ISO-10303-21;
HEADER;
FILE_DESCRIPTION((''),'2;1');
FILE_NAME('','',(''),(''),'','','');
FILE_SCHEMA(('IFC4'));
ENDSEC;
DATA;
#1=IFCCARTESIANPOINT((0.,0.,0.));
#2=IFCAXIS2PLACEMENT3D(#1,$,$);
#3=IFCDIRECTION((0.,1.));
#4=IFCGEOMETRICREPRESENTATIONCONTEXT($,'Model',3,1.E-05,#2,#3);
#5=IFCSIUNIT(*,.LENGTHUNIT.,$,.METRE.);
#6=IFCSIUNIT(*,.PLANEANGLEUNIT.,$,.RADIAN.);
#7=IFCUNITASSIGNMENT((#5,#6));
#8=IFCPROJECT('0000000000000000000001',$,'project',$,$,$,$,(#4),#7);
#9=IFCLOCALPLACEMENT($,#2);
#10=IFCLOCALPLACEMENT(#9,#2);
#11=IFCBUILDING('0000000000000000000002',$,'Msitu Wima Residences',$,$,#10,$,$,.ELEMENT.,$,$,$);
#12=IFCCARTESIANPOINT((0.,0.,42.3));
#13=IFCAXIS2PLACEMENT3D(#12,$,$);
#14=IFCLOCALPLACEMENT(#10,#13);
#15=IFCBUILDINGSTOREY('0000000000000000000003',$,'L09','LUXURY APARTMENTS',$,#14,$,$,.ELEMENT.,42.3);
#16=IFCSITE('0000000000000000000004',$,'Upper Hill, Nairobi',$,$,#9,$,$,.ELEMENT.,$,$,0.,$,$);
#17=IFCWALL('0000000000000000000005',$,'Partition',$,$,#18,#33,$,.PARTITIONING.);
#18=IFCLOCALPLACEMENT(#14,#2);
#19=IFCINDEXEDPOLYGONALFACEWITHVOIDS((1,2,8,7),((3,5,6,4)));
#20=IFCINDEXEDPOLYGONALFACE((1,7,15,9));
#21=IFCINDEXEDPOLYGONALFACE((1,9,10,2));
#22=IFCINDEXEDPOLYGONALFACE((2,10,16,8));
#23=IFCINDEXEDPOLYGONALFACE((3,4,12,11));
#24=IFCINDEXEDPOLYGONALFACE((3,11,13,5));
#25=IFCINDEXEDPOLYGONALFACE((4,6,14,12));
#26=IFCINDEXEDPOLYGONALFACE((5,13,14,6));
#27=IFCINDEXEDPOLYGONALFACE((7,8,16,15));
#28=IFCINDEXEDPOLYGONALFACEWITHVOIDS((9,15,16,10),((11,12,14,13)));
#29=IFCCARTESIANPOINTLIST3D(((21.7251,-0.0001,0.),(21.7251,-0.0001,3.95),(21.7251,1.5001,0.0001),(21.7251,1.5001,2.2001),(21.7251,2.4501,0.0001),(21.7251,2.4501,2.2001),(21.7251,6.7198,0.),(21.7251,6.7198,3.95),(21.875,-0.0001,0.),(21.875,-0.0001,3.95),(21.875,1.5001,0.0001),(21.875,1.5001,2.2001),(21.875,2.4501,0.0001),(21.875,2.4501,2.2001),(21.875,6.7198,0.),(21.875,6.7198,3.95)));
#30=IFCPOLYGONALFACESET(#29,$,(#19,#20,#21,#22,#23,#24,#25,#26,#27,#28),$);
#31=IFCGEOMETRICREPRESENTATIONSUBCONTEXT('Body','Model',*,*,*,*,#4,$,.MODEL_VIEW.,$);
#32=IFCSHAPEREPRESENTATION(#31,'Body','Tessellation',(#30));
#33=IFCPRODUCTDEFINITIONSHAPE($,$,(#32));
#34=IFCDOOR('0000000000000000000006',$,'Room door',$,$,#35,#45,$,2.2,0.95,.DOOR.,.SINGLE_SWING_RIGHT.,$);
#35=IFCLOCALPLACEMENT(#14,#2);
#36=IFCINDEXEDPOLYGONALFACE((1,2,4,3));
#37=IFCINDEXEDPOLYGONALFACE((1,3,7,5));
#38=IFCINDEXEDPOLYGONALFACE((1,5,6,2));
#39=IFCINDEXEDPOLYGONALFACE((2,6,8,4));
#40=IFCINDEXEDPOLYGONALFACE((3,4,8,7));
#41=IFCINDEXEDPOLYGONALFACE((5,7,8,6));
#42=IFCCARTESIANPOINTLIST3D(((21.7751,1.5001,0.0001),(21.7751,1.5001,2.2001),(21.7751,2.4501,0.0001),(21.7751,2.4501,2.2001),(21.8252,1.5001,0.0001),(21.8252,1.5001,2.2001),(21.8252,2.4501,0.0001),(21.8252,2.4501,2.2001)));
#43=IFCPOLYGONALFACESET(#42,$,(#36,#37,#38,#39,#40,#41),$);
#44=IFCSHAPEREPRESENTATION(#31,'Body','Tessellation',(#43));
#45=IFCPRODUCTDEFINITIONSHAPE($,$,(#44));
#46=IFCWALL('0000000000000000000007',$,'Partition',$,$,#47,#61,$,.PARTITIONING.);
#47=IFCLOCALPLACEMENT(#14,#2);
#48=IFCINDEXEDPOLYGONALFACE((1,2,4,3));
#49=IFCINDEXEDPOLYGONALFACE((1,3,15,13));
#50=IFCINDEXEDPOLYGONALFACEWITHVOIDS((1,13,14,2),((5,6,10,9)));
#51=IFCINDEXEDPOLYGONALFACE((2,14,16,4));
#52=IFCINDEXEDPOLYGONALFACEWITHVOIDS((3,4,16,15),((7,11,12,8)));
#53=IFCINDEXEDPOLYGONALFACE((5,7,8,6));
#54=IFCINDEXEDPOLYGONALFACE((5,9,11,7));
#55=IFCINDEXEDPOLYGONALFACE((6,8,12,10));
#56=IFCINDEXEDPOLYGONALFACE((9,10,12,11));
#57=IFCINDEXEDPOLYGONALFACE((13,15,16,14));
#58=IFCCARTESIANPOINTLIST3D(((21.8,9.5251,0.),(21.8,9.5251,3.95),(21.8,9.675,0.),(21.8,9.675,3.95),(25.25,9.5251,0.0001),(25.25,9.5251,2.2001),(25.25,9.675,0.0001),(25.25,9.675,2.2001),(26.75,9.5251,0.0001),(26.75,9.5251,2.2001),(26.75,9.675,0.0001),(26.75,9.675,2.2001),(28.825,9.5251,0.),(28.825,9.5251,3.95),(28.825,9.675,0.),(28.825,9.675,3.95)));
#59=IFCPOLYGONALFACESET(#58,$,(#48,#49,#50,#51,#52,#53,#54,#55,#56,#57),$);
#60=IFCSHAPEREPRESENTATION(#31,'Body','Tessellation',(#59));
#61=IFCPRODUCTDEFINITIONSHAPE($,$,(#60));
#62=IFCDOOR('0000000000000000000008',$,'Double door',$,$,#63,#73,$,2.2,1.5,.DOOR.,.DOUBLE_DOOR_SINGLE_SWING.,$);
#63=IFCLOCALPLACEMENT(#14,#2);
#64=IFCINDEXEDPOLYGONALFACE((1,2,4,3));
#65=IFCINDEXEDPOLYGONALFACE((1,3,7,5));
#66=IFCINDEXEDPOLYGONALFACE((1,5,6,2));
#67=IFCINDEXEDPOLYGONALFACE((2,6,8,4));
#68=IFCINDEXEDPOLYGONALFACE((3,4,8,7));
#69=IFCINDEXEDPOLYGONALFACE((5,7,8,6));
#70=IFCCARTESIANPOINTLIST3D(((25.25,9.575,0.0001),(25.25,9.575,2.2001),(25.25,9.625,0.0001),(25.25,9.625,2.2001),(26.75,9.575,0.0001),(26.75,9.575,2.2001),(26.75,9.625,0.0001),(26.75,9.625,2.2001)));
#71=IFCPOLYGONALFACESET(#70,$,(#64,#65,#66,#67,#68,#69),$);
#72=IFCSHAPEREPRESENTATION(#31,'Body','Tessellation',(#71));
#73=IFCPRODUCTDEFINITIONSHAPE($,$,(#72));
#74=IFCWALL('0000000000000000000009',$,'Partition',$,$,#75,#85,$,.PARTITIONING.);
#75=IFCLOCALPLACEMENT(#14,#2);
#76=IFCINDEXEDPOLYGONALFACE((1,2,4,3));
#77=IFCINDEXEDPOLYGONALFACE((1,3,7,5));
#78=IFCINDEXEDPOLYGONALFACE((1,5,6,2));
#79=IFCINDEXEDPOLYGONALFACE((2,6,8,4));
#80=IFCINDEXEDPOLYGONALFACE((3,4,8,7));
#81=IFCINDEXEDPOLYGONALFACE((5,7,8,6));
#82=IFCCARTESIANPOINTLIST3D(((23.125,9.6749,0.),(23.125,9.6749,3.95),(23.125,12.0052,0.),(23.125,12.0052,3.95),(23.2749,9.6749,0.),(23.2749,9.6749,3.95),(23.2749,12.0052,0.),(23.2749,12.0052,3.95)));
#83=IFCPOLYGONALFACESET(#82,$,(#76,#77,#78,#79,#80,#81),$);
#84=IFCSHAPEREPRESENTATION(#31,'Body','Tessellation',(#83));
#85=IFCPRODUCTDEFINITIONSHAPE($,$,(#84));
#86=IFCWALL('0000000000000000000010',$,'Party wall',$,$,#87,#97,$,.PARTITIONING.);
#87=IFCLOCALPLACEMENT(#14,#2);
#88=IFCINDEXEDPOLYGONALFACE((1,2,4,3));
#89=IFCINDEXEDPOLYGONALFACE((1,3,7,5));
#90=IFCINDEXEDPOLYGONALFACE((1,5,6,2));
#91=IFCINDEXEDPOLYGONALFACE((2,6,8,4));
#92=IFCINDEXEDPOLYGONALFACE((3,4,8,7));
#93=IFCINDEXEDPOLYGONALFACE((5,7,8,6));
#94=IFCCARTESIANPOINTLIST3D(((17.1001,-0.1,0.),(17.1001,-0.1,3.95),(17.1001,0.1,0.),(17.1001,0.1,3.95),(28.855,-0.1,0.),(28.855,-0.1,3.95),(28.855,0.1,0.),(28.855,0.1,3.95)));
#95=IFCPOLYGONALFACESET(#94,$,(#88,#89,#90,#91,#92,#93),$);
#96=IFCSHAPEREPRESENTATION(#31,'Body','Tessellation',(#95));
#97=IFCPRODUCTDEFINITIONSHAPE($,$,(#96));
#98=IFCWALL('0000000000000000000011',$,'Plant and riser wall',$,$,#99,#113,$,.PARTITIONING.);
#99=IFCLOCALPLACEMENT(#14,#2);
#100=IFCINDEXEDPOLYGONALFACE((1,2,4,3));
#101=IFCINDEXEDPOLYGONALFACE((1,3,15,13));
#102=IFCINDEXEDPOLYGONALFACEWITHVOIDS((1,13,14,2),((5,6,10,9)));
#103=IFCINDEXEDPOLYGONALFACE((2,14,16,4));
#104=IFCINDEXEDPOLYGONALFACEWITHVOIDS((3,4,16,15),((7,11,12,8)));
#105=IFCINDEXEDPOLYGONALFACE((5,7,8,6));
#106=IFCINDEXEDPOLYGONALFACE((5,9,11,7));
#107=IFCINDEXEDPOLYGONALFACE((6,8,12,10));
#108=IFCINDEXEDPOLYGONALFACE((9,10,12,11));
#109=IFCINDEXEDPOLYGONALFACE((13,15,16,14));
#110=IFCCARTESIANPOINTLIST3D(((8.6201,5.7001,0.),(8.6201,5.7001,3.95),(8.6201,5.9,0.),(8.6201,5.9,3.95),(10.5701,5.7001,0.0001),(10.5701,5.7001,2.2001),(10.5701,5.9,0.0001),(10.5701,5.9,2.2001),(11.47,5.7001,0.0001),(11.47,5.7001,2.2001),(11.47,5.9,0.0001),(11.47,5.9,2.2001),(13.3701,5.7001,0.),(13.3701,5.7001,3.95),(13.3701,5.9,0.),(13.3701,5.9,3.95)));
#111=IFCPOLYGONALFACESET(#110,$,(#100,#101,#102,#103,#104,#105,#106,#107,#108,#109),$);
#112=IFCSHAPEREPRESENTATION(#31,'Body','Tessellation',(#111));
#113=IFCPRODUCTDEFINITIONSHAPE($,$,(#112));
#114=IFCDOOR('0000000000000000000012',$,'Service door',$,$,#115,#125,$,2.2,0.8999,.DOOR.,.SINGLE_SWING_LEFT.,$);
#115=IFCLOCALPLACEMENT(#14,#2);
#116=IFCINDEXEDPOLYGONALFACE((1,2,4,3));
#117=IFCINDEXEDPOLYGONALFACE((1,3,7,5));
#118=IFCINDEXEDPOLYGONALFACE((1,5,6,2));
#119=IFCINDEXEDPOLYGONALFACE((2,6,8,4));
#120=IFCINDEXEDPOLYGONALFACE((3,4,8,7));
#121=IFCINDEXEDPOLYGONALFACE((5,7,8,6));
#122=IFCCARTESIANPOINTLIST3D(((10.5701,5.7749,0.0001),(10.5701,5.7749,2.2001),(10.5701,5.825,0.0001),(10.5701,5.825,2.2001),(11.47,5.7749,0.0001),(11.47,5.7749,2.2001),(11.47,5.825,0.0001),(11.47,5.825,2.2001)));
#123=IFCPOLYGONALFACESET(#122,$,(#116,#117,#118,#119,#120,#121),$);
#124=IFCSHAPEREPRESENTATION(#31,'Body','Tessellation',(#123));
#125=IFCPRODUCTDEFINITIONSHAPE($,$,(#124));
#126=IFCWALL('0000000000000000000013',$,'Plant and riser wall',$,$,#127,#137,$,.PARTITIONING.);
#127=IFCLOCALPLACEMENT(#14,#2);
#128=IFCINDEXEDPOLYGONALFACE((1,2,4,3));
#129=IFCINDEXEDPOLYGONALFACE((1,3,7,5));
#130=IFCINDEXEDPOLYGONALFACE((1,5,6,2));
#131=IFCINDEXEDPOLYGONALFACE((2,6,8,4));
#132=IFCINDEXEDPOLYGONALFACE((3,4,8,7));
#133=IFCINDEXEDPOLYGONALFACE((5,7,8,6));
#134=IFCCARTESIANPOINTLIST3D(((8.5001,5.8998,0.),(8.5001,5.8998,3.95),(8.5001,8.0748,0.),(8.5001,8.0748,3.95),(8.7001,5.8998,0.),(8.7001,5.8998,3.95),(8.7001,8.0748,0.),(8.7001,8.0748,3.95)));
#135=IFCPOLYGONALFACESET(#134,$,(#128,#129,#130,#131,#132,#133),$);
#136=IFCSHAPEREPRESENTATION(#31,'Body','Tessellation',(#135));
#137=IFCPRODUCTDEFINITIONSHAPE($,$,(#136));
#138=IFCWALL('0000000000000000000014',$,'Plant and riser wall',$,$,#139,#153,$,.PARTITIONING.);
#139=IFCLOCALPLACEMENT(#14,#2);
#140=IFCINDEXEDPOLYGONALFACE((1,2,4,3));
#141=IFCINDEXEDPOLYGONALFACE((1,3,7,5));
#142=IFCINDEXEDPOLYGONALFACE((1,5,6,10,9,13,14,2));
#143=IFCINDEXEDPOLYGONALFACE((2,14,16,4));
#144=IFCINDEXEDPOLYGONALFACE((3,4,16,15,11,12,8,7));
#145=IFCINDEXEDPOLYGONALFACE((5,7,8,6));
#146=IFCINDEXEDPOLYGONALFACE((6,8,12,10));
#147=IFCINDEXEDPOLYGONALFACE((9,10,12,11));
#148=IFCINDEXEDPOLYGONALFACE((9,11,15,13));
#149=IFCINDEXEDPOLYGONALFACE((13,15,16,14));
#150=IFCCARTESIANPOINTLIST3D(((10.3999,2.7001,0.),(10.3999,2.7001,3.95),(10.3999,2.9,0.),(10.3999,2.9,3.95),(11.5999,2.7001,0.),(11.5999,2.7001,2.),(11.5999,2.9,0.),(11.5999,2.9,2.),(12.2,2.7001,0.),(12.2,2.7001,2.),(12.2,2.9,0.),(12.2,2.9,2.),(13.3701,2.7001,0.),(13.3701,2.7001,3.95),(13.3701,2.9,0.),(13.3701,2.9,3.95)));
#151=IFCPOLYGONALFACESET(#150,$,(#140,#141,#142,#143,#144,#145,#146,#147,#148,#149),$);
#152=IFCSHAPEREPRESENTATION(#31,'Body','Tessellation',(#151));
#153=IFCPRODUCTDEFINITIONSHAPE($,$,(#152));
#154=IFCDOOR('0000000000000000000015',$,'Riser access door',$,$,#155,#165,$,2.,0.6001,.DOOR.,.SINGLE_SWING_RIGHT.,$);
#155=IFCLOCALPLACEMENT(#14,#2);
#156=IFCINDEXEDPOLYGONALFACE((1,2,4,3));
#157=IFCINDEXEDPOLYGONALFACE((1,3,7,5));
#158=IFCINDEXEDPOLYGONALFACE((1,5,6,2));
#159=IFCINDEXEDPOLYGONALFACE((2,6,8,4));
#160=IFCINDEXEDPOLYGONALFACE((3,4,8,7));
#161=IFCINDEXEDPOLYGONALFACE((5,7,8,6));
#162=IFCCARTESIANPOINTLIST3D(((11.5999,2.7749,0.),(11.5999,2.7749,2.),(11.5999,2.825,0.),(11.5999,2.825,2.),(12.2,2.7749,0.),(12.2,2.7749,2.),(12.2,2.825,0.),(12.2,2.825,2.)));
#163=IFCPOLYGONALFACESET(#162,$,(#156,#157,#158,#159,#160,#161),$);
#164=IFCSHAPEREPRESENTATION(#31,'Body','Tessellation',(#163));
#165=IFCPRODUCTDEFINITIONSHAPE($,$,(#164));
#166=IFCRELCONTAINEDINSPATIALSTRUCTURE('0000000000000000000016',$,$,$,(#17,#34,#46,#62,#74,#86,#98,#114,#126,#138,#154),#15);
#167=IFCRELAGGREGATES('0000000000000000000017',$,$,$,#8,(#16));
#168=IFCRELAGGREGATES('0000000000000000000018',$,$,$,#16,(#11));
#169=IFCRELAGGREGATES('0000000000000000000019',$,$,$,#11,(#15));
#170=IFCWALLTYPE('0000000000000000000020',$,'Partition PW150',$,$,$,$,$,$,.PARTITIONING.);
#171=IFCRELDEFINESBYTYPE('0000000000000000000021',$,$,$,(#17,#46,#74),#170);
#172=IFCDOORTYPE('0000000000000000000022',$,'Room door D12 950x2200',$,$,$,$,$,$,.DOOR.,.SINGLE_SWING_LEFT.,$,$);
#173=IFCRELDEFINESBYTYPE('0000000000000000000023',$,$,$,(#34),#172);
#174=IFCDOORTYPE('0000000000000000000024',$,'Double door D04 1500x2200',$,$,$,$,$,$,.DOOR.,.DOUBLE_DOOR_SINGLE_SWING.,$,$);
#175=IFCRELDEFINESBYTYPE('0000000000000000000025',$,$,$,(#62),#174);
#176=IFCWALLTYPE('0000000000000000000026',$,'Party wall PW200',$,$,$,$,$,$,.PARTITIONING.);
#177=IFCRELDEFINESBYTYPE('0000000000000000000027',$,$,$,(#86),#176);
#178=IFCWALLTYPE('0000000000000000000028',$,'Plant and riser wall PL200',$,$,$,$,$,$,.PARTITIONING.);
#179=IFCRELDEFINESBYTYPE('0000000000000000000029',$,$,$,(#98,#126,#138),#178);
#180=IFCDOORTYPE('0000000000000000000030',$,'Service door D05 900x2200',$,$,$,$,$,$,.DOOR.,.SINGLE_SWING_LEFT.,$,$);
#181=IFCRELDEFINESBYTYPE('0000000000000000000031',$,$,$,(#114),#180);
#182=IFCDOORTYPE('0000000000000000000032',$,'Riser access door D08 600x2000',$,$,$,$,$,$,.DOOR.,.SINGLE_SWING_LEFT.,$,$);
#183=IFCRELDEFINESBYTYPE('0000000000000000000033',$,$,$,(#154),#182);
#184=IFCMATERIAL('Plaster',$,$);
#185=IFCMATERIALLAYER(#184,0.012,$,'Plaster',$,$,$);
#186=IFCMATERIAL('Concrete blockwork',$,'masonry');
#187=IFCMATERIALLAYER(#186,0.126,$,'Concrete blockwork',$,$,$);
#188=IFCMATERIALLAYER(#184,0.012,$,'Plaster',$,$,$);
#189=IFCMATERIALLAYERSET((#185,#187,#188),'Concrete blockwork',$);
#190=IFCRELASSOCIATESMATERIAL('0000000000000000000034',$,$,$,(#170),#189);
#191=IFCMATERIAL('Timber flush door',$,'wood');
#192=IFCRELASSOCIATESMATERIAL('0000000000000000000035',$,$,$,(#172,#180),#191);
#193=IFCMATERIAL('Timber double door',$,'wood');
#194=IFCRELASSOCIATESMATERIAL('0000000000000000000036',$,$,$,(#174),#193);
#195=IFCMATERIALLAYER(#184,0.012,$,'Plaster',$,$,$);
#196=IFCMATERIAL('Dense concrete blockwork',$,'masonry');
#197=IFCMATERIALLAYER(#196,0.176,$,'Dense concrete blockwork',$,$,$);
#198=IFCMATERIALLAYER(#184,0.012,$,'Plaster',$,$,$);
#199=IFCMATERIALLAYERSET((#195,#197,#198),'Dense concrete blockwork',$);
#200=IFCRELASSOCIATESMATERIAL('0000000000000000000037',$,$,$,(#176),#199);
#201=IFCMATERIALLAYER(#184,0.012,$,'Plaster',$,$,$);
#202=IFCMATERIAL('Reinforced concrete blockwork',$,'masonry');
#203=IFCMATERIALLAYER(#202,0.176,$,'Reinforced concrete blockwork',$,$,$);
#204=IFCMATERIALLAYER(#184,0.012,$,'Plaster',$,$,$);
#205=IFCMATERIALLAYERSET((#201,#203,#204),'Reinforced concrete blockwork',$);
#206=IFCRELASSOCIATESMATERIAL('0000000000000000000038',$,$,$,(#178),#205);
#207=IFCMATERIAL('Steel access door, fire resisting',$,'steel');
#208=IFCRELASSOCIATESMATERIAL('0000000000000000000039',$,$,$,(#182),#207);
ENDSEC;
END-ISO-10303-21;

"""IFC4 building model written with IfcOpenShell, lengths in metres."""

from ifc_helpers import new_model, si_unit, direction, frame, frame_2d, origin, place, context, subcontext, project, spatial, rectangle, extrude, material, layer, layer_set, type_object, element, fill, save


model = new_model("IFC4")

# Units and contexts
model_context = context("Model", 3, precision=1e-05, world=origin(), true_north=direction((0.0, 1.0)))
body_context = subcontext(model_context, "Body", "Model", "MODEL_VIEW")
ifc_project = project(units=[si_unit("LENGTHUNIT", "METRE"), si_unit("PLANEANGLEUNIT", "RADIAN")], contexts=[model_context])

# Site, building, storey
site_placement = place(None, origin())
site = spatial("IfcSite", under=ifc_project, at=site_placement, Name="Upper Hill, Nairobi", CompositionType="ELEMENT", RefElevation=0.0)
building_placement = place(site_placement, origin())
building = spatial("IfcBuilding", under=site, at=building_placement, Name="Msitu Wima Residences", CompositionType="ELEMENT")
storey_placement = place(building_placement, frame((0.0, 0.0, 42.3)))
storey = spatial("IfcBuildingStorey", under=building, at=storey_placement, Name="L09", Description="LUXURY APARTMENTS", CompositionType="ELEMENT", Elevation=42.3)

# Walls, openings, doors
ifc_material_1 = material(Name="Plaster")
ifc_layer_1 = layer(ifc_material_1, 0.012, Name="Plaster")
ifc_material_2 = material(Name="Concrete blockwork", Category="masonry")
ifc_layer_2 = layer(ifc_material_2, 0.126, Name="Concrete blockwork")
ifc_layer_3 = layer(ifc_material_1, 0.012, Name="Plaster")
ifc_layer_set_1 = layer_set([ifc_layer_1, ifc_layer_2, ifc_layer_3], Name="Concrete blockwork")
wall_type_1 = type_object("IfcWallType", Name="Partition PW150", PredefinedType="PARTITIONING", material=ifc_layer_set_1)
ifc_material_3 = material(Name="Timber flush door", Category="wood")
door_type_1 = type_object("IfcDoorType", Name="Room door D12 950x2200", OperationType="SINGLE_SWING_LEFT", PredefinedType="DOOR", material=ifc_material_3)
wall_1_placement = place(storey_placement, frame((21.8, 0.0, 0.0), z_axis=(0.0, 0.0, 1.0), x_axis=(0.0, 1.0, 0.0)))
wall_1 = element("IfcWall", 1, at=wall_1_placement, inside=storey, type_object=wall_type_1, Name="Partition", PredefinedType="PARTITIONING", context=body_context, shape_type="SweptSolid", body=[
    extrude(rectangle(XDim=6.72, YDim=0.1499, at=frame_2d((3.3599, 0.0))), origin(), (0.0, 0.0, 1.0), 3.95),
])
opening_1_placement = place(wall_1_placement, frame((1.5, 0.0, 0.0)))
opening_1 = element("IfcOpeningElement", 2, at=opening_1_placement, cuts=wall_1, PredefinedType="OPENING", context=body_context, shape_type="SweptSolid", body=[
    extrude(rectangle(XDim=0.95, YDim=2.2, at=frame_2d((0.4751, 1.1001))), frame((0.0, 0.085, 0.0), z_axis=(0.0, -1.0, 0.0), x_axis=(1.0, 0.0, 0.0)), (0.0, 0.0, 1.0), 0.1699),
])
door_1_placement = place(opening_1_placement, origin())
door_1 = element("IfcDoor", 3, at=door_1_placement, inside=storey, type_object=door_type_1, Name="Room door", OperationType="SINGLE_SWING_RIGHT", OverallHeight=2.2, OverallWidth=0.95, PredefinedType="DOOR", context=body_context, shape_type="SweptSolid", body=[
    extrude(rectangle(XDim=0.95, YDim=2.2, at=frame_2d((0.4751, 1.1001))), frame((0.0, 0.0249, 0.0), z_axis=(0.0, -1.0, 0.0), x_axis=(1.0, 0.0, 0.0)), (0.0, 0.0, 1.0), 0.05),
])
fill(opening_1, door_1)
wall_2_placement = place(storey_placement, frame((21.8, 9.6001, 0.0), z_axis=(0.0, 0.0, 1.0), x_axis=(1.0, 0.0, 0.0)))
wall_2 = element("IfcWall", 4, at=wall_2_placement, inside=storey, type_object=wall_type_1, Name="Partition", PredefinedType="PARTITIONING", context=body_context, shape_type="SweptSolid", body=[
    extrude(rectangle(XDim=7.0249, YDim=0.1499, at=frame_2d((3.5125, 0.0))), origin(), (0.0, 0.0, 1.0), 3.95),
])
opening_2_placement = place(wall_2_placement, frame((3.45, 0.0, 0.0)))
opening_2 = element("IfcOpeningElement", 5, at=opening_2_placement, cuts=wall_2, PredefinedType="OPENING", context=body_context, shape_type="SweptSolid", body=[
    extrude(rectangle(XDim=1.5, YDim=2.2, at=frame_2d((0.75, 1.1001))), frame((0.0, 0.085, 0.0), z_axis=(0.0, -1.0, 0.0), x_axis=(1.0, 0.0, 0.0)), (0.0, 0.0, 1.0), 0.1699),
])
ifc_material_4 = material(Name="Timber double door", Category="wood")
door_type_2 = type_object("IfcDoorType", Name="Double door D04 1500x2200", OperationType="DOUBLE_DOOR_SINGLE_SWING", PredefinedType="DOOR", material=ifc_material_4)
door_2_placement = place(opening_2_placement, origin())
door_2 = element("IfcDoor", 6, at=door_2_placement, inside=storey, type_object=door_type_2, Name="Double door", OperationType="DOUBLE_DOOR_SINGLE_SWING", OverallHeight=2.2, OverallWidth=1.5, PredefinedType="DOOR", context=body_context, shape_type="SweptSolid", body=[
    extrude(rectangle(XDim=1.5, YDim=2.2, at=frame_2d((0.75, 1.1001))), frame((0.0, 0.0249, 0.0), z_axis=(0.0, -1.0, 0.0), x_axis=(1.0, 0.0, 0.0)), (0.0, 0.0, 1.0), 0.05),
])
fill(opening_2, door_2)

# Walls
wall_3_placement = place(storey_placement, frame((23.2, 9.675, 0.0), z_axis=(0.0, 0.0, 1.0), x_axis=(0.0, 1.0, 0.0)))
element("IfcWall", 7, at=wall_3_placement, inside=storey, type_object=wall_type_1, Name="Partition", PredefinedType="PARTITIONING", context=body_context, shape_type="SweptSolid", body=[
    extrude(rectangle(XDim=2.3303, YDim=0.1499, at=frame_2d((1.165, 0.0))), origin(), (0.0, 0.0, 1.0), 3.95),
])
ifc_layer_4 = layer(ifc_material_1, 0.012, Name="Plaster")
ifc_material_5 = material(Name="Dense concrete blockwork", Category="masonry")
ifc_layer_5 = layer(ifc_material_5, 0.176, Name="Dense concrete blockwork")
ifc_layer_6 = layer(ifc_material_1, 0.012, Name="Plaster")
ifc_layer_set_2 = layer_set([ifc_layer_4, ifc_layer_5, ifc_layer_6], Name="Dense concrete blockwork")
wall_type_2 = type_object("IfcWallType", Name="Party wall PW200", PredefinedType="PARTITIONING", material=ifc_layer_set_2)
wall_4_placement = place(storey_placement, frame((17.1001, 0.0, 0.0), z_axis=(0.0, 0.0, 1.0), x_axis=(1.0, 0.0, 0.0)))
element("IfcWall", 8, at=wall_4_placement, inside=storey, type_object=wall_type_2, Name="Party wall", PredefinedType="PARTITIONING", context=body_context, shape_type="SweptSolid", body=[
    extrude(rectangle(XDim=11.7549, YDim=0.2, at=frame_2d((5.8774, 0.0))), origin(), (0.0, 0.0, 1.0), 3.95),
])

# Wall, opening, door
ifc_layer_7 = layer(ifc_material_1, 0.012, Name="Plaster")
ifc_material_6 = material(Name="Reinforced concrete blockwork", Category="masonry")
ifc_layer_8 = layer(ifc_material_6, 0.176, Name="Reinforced concrete blockwork")
ifc_layer_9 = layer(ifc_material_1, 0.012, Name="Plaster")
ifc_layer_set_3 = layer_set([ifc_layer_7, ifc_layer_8, ifc_layer_9], Name="Reinforced concrete blockwork")
wall_type_3 = type_object("IfcWallType", Name="Plant and riser wall PL200", PredefinedType="PARTITIONING", material=ifc_layer_set_3)
wall_5_placement = place(storey_placement, frame((8.6201, 5.8, 0.0), z_axis=(0.0, 0.0, 1.0), x_axis=(1.0, 0.0, 0.0)))
wall_5 = element("IfcWall", 9, at=wall_5_placement, inside=storey, type_object=wall_type_3, Name="Plant and riser wall", PredefinedType="PARTITIONING", context=body_context, shape_type="SweptSolid", body=[
    extrude(rectangle(XDim=4.75, YDim=0.2, at=frame_2d((2.375, 0.0))), origin(), (0.0, 0.0, 1.0), 3.95),
])
opening_3_placement = place(wall_5_placement, frame((1.95, 0.0, 0.0)))
opening_3 = element("IfcOpeningElement", 10, at=opening_3_placement, cuts=wall_5, PredefinedType="OPENING", context=body_context, shape_type="SweptSolid", body=[
    extrude(rectangle(XDim=0.8999, YDim=2.2, at=frame_2d((0.45, 1.1001))), frame((0.0, 0.1099, 0.0), z_axis=(0.0, -1.0, 0.0), x_axis=(1.0, 0.0, 0.0)), (0.0, 0.0, 1.0), 0.22),
])
door_type_3 = type_object("IfcDoorType", Name="Service door D05 900x2200", OperationType="SINGLE_SWING_LEFT", PredefinedType="DOOR", material=ifc_material_3)
door_3_placement = place(opening_3_placement, origin())
door_3 = element("IfcDoor", 11, at=door_3_placement, inside=storey, type_object=door_type_3, Name="Service door", OperationType="SINGLE_SWING_LEFT", OverallHeight=2.2, OverallWidth=0.8999, PredefinedType="DOOR", context=body_context, shape_type="SweptSolid", body=[
    extrude(rectangle(XDim=0.8999, YDim=2.2, at=frame_2d((0.45, 1.1001))), frame((0.0, 0.0249, 0.0), z_axis=(0.0, -1.0, 0.0), x_axis=(1.0, 0.0, 0.0)), (0.0, 0.0, 1.0), 0.05),
])
fill(opening_3, door_3)

# Wall
wall_6_placement = place(storey_placement, frame((8.6001, 5.8999, 0.0), z_axis=(0.0, 0.0, 1.0), x_axis=(0.0, 1.0, 0.0)))
element("IfcWall", 12, at=wall_6_placement, inside=storey, type_object=wall_type_3, Name="Plant and riser wall", PredefinedType="PARTITIONING", context=body_context, shape_type="SweptSolid", body=[
    extrude(rectangle(XDim=2.175, YDim=0.2, at=frame_2d((1.0874, 0.0))), origin(), (0.0, 0.0, 1.0), 3.95),
])

# Wall, opening, door
wall_7_placement = place(storey_placement, frame((10.3999, 2.8, 0.0), z_axis=(0.0, 0.0, 1.0), x_axis=(1.0, 0.0, 0.0)))
wall_7 = element("IfcWall", 13, at=wall_7_placement, inside=storey, type_object=wall_type_3, Name="Plant and riser wall", PredefinedType="PARTITIONING", context=body_context, shape_type="SweptSolid", body=[
    extrude(rectangle(XDim=2.9702, YDim=0.2, at=frame_2d((1.4851, 0.0))), origin(), (0.0, 0.0, 1.0), 3.95),
])
opening_4_placement = place(wall_7_placement, frame((1.2, 0.0, 0.0)))
opening_4 = element("IfcOpeningElement", 14, at=opening_4_placement, cuts=wall_7, PredefinedType="OPENING", context=body_context, shape_type="SweptSolid", body=[
    extrude(rectangle(XDim=0.6001, YDim=2.0, at=frame_2d((0.3, 1.0))), frame((0.0, 0.1099, 0.0), z_axis=(0.0, -1.0, 0.0), x_axis=(1.0, 0.0, 0.0)), (0.0, 0.0, 1.0), 0.22),
])
ifc_material_7 = material(Name="Steel access door, fire resisting", Category="steel")
door_type_4 = type_object("IfcDoorType", Name="Riser access door D08 600x2000", OperationType="SINGLE_SWING_LEFT", PredefinedType="DOOR", material=ifc_material_7)
door_4_placement = place(opening_4_placement, origin())
door_4 = element("IfcDoor", 15, at=door_4_placement, inside=storey, type_object=door_type_4, Name="Riser access door", OperationType="SINGLE_SWING_RIGHT", OverallHeight=2.0, OverallWidth=0.6001, PredefinedType="DOOR", context=body_context, shape_type="SweptSolid", body=[
    extrude(rectangle(XDim=0.6001, YDim=2.0, at=frame_2d((0.3, 1.0))), frame((0.0, 0.0249, 0.0), z_axis=(0.0, -1.0, 0.0), x_axis=(1.0, 0.0, 0.0)), (0.0, 0.0, 1.0), 0.05),
])
fill(opening_4, door_4)

save(model, "model.ifc")
